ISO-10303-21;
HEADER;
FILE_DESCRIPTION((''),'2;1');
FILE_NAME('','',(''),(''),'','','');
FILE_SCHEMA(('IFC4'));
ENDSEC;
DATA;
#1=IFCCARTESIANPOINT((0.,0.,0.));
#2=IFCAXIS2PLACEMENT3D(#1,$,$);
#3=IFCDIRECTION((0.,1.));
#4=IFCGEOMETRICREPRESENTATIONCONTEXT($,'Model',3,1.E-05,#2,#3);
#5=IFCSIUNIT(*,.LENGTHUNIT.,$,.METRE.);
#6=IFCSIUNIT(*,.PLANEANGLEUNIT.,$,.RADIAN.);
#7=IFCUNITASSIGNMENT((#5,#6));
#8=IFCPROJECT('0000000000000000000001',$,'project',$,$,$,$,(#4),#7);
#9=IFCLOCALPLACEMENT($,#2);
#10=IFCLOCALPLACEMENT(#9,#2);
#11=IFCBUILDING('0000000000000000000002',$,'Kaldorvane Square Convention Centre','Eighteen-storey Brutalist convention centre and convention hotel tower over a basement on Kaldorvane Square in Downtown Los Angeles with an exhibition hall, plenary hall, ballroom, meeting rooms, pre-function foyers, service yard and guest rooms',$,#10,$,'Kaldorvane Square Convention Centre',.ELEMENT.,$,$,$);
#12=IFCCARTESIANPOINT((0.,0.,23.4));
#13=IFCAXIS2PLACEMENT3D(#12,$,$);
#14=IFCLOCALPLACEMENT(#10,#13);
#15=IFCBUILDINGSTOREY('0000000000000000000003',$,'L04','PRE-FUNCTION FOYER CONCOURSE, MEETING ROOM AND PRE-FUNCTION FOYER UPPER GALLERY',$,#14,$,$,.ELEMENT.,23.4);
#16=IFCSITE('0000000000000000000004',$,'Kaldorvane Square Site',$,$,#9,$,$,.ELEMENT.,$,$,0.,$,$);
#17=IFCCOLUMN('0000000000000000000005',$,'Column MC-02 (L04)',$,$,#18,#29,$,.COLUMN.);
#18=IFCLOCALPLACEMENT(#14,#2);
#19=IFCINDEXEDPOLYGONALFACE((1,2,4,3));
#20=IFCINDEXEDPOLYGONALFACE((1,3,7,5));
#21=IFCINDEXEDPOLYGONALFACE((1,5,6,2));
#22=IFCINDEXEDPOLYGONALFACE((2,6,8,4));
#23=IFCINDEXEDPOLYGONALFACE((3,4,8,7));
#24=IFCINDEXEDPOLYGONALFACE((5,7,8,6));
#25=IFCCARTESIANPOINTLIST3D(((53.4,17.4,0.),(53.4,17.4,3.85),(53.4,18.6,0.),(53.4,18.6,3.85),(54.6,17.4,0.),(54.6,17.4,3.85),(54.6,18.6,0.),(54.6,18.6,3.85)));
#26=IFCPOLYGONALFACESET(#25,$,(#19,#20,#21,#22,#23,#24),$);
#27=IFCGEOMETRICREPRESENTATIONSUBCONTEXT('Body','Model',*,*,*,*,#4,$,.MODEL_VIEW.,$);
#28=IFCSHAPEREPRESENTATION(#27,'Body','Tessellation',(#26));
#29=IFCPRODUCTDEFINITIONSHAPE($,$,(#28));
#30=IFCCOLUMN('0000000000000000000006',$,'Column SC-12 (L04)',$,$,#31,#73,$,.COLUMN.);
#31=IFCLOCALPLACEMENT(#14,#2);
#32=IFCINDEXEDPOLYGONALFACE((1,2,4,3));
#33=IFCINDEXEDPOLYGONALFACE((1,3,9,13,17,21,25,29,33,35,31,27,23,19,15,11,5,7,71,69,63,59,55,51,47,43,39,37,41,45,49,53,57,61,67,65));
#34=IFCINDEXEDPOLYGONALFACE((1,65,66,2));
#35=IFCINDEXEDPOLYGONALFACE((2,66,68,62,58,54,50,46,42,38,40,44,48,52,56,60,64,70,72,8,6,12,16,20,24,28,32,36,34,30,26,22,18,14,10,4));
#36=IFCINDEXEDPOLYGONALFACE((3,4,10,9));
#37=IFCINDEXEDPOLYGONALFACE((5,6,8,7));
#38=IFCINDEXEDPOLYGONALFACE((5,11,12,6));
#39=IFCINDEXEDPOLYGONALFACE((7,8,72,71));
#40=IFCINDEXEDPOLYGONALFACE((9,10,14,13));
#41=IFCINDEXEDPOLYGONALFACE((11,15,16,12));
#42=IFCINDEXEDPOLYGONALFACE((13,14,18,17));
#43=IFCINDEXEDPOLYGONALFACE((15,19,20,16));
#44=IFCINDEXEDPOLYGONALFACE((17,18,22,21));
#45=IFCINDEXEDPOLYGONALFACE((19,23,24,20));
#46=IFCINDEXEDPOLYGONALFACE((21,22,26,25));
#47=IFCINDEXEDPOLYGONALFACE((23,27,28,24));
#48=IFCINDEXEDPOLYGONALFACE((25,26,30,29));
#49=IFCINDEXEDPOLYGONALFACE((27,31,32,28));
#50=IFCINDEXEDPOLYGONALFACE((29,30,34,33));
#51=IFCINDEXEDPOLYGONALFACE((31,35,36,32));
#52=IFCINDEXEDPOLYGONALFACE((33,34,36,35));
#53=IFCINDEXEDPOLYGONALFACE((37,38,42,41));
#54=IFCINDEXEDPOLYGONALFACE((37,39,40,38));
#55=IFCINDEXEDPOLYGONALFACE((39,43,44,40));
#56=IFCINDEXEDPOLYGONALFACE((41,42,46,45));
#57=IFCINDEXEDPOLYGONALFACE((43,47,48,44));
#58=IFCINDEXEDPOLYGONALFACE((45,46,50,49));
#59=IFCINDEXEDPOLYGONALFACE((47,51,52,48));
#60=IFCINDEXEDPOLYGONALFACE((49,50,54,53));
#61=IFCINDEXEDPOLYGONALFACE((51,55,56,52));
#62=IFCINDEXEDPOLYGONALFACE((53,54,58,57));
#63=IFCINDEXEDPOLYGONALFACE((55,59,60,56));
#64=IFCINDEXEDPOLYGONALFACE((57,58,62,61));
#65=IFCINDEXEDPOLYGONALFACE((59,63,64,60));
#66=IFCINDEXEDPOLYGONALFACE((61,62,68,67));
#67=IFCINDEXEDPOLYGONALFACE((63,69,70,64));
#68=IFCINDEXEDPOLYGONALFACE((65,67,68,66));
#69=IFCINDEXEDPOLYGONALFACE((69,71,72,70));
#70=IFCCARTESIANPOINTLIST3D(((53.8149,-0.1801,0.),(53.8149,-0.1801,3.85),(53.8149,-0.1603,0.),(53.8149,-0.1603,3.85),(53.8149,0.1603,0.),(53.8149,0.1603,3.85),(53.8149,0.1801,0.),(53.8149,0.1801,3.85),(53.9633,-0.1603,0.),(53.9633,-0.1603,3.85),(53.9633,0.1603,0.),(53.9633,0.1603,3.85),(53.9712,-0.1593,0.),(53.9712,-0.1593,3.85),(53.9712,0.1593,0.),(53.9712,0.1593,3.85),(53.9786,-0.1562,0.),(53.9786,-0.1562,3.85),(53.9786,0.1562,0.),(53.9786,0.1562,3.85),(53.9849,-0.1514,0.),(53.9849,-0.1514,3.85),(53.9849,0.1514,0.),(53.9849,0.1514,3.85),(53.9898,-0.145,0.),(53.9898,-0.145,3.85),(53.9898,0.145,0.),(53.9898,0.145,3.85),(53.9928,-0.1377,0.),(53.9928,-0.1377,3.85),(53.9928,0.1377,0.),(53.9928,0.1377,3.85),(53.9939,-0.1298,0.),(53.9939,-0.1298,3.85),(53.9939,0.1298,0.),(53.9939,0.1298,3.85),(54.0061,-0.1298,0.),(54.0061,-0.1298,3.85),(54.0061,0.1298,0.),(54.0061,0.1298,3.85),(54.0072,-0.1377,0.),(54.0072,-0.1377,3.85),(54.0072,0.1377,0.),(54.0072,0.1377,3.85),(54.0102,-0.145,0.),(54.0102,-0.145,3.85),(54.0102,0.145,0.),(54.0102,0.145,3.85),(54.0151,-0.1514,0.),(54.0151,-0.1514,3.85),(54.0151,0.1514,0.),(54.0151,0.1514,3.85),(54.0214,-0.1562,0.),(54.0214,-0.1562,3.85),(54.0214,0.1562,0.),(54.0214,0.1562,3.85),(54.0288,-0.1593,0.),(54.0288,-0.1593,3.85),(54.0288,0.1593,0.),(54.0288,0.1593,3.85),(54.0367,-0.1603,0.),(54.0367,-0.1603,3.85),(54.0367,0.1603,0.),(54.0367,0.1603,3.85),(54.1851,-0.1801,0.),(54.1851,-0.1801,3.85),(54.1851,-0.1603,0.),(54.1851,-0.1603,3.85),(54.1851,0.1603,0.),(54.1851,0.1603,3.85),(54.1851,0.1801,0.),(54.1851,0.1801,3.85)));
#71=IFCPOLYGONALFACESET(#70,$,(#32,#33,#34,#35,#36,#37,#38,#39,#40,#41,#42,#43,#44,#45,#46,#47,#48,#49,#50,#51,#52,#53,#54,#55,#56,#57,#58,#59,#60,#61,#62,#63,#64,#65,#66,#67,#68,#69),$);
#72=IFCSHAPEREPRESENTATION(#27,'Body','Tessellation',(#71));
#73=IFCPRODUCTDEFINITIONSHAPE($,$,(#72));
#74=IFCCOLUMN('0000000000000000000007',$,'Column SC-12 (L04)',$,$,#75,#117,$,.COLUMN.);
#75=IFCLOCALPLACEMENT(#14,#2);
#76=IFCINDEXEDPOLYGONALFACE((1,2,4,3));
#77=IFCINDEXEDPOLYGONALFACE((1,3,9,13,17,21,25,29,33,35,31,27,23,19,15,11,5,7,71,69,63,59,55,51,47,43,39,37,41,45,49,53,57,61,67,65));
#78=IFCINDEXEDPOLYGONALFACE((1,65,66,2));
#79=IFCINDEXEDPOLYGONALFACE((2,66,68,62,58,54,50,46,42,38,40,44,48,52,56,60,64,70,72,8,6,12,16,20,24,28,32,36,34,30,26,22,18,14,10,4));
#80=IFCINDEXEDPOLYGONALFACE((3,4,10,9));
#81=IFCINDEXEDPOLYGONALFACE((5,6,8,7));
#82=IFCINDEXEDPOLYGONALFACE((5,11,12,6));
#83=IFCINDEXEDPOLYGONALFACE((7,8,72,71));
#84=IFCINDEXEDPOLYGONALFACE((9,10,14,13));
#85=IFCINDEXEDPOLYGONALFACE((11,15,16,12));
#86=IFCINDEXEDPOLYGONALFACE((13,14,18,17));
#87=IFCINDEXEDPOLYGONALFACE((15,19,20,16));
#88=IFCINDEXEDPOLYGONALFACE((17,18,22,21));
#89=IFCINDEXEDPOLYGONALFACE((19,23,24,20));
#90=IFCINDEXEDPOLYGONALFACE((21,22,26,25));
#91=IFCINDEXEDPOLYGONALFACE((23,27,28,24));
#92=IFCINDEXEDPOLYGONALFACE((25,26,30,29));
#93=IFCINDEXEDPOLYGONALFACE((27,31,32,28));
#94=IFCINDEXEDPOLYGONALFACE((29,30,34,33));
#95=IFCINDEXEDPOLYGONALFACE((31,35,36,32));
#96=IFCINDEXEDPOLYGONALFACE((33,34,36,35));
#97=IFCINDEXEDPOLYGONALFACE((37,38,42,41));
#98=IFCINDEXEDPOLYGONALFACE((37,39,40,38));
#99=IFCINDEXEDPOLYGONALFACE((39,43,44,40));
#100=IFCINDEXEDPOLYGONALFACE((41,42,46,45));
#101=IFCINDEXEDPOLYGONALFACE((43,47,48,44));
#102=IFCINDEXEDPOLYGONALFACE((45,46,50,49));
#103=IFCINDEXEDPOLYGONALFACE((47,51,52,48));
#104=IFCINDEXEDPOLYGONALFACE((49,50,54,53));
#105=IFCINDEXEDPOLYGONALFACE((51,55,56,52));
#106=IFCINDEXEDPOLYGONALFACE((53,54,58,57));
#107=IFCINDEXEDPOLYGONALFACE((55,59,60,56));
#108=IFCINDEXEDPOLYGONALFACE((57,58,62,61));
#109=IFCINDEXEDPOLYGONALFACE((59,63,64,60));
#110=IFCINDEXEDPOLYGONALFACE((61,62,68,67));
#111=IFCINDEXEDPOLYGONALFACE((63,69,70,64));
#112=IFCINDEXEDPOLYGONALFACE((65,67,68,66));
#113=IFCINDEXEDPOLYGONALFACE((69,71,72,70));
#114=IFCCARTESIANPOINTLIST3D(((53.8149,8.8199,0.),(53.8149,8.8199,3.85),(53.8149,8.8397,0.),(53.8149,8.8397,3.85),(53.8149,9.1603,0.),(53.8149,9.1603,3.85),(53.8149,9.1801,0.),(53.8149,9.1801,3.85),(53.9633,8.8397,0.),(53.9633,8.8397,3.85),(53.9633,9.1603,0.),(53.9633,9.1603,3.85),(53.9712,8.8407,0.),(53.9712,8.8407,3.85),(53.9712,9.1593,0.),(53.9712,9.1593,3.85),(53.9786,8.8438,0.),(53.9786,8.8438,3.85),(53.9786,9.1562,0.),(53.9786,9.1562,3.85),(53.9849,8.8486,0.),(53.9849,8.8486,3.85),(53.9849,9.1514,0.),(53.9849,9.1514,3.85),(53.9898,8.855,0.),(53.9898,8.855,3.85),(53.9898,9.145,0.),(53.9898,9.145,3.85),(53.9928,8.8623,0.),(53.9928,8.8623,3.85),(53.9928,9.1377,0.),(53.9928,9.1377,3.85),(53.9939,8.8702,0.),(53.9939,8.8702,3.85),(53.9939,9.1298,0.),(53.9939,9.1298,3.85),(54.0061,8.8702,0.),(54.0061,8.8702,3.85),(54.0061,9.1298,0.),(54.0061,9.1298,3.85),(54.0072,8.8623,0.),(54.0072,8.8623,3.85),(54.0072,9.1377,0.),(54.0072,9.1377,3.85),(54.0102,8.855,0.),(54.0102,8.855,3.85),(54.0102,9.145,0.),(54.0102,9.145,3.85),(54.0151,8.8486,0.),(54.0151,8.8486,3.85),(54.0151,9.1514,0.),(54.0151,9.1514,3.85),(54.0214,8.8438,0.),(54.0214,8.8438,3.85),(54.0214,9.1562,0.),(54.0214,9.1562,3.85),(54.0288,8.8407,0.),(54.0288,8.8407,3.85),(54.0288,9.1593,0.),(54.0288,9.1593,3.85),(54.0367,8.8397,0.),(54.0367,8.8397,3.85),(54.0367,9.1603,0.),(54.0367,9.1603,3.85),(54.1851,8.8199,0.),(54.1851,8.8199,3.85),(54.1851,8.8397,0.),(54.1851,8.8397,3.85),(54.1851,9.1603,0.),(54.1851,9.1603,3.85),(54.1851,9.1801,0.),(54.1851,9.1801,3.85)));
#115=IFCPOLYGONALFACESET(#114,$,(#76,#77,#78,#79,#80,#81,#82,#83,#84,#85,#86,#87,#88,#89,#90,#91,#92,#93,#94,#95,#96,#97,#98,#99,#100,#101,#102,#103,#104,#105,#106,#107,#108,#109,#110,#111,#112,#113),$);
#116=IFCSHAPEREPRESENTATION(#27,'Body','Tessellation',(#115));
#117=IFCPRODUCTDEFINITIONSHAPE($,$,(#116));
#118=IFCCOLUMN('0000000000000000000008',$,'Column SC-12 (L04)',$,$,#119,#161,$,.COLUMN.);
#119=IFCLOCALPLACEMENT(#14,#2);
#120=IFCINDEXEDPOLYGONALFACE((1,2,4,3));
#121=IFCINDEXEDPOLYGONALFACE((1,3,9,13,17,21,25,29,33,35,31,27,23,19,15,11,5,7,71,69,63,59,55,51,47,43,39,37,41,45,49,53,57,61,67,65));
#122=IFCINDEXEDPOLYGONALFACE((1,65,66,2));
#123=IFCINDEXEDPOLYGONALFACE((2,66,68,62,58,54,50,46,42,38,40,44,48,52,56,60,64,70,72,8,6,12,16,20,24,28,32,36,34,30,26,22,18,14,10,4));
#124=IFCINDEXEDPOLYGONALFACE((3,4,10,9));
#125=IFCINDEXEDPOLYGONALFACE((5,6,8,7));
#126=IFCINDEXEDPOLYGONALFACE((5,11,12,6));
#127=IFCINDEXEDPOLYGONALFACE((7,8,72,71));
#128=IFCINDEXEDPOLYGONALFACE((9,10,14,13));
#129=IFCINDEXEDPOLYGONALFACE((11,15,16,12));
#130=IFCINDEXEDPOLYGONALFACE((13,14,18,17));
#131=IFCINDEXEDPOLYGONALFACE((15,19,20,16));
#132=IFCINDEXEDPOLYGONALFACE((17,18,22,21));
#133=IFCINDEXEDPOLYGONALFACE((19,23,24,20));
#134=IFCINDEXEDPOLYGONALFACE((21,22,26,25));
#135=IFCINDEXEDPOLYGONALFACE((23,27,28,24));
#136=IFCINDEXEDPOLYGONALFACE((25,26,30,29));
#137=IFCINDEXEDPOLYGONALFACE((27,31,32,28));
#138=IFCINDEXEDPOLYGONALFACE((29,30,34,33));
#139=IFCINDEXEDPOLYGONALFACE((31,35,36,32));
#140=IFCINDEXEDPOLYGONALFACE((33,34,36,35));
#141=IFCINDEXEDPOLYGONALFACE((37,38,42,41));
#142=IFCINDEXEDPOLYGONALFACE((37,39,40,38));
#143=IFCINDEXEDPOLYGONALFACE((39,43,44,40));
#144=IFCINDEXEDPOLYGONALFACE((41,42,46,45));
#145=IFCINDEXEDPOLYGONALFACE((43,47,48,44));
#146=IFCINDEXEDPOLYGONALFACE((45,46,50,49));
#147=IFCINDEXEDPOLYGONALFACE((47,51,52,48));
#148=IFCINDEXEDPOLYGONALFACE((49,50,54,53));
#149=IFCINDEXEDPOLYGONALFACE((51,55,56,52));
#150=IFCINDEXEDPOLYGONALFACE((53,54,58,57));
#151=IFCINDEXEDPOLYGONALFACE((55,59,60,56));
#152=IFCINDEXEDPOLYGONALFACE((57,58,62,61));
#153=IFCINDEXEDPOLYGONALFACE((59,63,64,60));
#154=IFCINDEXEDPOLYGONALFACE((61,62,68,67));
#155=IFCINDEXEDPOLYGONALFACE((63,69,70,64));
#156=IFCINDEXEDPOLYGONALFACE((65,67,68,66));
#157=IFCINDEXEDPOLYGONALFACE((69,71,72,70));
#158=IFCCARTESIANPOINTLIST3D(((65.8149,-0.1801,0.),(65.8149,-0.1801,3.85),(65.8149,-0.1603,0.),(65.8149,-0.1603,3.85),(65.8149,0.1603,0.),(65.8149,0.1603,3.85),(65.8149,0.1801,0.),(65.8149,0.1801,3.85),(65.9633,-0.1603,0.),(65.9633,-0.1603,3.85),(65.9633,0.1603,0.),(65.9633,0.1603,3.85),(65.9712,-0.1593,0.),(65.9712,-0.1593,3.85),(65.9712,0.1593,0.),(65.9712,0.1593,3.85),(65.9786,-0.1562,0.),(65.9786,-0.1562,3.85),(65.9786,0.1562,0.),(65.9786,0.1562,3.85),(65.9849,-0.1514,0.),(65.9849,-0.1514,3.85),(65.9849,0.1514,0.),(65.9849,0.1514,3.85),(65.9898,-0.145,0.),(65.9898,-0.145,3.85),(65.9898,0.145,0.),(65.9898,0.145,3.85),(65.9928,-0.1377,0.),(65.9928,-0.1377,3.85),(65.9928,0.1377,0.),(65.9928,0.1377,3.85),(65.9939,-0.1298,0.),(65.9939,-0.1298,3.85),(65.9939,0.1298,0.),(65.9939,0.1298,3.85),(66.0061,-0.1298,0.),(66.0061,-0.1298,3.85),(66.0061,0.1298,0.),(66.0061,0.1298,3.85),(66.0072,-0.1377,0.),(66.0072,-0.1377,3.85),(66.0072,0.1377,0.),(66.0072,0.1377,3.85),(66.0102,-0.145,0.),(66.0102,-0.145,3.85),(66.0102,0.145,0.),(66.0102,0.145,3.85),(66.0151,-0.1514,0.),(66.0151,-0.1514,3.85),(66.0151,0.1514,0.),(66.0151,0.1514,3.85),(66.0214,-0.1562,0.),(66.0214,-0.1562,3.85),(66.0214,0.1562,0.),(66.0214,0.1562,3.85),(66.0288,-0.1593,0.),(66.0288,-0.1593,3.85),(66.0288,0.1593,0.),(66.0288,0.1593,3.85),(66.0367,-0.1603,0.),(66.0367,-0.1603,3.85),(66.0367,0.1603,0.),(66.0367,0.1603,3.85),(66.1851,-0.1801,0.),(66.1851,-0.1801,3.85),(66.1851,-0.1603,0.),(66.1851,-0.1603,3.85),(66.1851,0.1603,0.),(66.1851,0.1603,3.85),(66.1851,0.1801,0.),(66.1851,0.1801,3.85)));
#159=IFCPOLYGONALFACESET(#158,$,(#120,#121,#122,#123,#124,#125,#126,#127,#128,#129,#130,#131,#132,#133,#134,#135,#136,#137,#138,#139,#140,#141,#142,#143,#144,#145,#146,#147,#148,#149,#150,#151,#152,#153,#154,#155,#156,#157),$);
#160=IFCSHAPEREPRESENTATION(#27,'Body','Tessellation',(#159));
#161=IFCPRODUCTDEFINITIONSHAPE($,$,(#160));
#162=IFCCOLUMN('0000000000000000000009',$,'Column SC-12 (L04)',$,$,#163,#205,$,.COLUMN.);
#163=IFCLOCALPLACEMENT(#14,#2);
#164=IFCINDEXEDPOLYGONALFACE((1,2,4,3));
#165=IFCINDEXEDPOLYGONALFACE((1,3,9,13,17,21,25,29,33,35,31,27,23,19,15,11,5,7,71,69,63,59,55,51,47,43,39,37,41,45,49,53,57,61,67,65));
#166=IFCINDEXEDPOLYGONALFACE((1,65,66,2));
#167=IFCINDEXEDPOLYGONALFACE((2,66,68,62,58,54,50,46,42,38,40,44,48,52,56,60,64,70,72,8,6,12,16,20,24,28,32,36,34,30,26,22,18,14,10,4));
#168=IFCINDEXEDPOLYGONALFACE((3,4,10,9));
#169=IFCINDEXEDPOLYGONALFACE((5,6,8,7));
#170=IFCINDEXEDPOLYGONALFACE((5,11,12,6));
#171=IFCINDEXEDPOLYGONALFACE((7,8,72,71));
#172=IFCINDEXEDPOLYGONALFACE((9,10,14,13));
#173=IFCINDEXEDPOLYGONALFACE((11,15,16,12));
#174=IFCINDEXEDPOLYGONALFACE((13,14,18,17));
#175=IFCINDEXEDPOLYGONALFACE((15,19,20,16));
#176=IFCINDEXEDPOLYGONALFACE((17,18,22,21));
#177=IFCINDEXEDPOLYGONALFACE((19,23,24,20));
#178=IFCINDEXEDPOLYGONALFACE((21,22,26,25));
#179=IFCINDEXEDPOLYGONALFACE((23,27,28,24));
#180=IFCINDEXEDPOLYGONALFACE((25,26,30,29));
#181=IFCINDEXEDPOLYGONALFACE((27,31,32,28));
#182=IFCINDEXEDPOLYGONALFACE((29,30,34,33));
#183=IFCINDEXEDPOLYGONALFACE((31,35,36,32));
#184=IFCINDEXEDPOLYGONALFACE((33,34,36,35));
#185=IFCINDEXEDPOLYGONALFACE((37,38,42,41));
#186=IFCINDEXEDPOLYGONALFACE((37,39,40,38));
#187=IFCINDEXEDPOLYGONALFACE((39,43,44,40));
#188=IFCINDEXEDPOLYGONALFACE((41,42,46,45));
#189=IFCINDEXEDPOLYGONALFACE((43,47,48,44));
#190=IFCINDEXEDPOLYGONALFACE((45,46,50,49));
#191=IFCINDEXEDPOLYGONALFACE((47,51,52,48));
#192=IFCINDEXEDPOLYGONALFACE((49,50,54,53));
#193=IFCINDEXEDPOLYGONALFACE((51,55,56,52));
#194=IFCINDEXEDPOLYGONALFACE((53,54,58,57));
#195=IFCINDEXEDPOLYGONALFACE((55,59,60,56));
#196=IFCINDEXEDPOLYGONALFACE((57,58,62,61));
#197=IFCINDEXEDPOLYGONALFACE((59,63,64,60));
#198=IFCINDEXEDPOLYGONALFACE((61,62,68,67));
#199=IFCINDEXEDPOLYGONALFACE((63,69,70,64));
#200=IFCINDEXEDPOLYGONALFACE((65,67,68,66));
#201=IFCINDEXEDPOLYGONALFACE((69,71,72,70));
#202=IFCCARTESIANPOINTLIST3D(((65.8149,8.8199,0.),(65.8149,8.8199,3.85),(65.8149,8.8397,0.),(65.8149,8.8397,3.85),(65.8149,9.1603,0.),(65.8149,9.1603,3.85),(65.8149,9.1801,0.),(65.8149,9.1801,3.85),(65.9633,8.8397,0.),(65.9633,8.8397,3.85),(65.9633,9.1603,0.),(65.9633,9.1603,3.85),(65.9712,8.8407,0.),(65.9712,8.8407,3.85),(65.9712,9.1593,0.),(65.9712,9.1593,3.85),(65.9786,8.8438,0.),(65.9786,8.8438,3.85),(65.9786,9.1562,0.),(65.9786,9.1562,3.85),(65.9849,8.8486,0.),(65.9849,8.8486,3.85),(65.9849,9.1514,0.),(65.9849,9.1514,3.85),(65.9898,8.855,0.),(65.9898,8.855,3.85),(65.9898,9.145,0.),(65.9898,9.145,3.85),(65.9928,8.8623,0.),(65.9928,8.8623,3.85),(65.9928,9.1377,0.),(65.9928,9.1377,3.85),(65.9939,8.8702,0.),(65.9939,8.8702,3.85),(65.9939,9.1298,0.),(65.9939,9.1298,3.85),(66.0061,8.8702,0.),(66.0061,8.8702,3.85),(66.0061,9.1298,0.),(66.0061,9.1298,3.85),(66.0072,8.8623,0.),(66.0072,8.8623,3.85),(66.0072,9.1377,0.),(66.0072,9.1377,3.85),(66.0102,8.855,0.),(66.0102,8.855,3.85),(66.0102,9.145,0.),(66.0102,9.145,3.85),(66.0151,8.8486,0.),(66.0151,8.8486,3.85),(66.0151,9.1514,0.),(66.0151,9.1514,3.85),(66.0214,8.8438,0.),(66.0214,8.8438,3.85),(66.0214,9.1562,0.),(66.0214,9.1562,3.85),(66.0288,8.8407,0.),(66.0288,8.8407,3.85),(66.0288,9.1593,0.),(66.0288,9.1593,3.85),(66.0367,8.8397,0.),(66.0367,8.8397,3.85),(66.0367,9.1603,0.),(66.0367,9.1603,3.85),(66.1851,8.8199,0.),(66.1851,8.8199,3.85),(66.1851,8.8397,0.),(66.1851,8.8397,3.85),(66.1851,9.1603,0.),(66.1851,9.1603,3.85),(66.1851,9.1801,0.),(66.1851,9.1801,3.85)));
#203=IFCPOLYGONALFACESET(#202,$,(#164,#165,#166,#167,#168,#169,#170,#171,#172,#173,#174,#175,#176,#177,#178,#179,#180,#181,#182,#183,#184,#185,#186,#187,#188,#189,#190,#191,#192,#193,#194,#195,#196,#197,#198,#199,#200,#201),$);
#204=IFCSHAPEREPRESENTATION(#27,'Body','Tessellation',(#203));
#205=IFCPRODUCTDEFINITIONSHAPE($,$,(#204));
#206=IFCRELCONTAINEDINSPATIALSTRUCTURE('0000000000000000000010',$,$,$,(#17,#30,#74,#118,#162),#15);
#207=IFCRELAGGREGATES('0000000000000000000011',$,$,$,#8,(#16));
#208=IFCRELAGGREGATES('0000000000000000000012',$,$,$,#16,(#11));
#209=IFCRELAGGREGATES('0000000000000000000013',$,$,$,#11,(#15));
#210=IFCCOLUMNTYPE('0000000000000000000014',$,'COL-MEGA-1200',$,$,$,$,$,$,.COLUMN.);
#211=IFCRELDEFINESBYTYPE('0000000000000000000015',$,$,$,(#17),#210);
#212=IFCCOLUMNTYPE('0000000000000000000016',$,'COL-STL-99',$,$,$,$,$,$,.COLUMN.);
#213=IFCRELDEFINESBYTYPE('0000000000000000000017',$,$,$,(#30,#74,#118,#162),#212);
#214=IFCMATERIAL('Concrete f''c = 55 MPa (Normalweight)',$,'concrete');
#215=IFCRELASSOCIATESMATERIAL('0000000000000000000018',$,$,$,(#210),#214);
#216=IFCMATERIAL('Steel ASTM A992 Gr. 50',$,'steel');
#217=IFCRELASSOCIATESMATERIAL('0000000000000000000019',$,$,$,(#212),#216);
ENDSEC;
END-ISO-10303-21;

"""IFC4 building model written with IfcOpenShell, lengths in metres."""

from ifc_helpers import new_model, si_unit, direction, frame, origin, origin_2d, place, context, subcontext, project, spatial, rectangle, i_section, extrude, material, material_profile, profile_set, type_object, element, save


model = new_model("IFC4")

# Units and contexts
model_context = context("Model", 3, precision=1e-05, world=origin(), true_north=direction((0.0, 1.0)))
body_context = subcontext(model_context, "Body", "Model", "MODEL_VIEW")
ifc_project = project(units=[si_unit("LENGTHUNIT", "METRE"), si_unit("PLANEANGLEUNIT", "RADIAN")], contexts=[model_context])

# Site, building, storey
site_placement = place(None, origin())
site = spatial("IfcSite", under=ifc_project, at=site_placement, Name="Kaldorvane Square Site", CompositionType="ELEMENT", RefElevation=0.0)
building_placement = place(site_placement, origin())
building = spatial("IfcBuilding", under=site, at=building_placement, Name="Kaldorvane Square Convention Centre", Description="Eighteen-storey Brutalist convention centre and convention hotel tower over a basement on Kaldorvane Square in Downtown Los Angeles with an exhibition hall, plenary hall, ballroom, meeting rooms, pre-function foyers, service yard and guest rooms", LongName="Kaldorvane Square Convention Centre", CompositionType="ELEMENT")
storey_placement = place(building_placement, frame((0.0, 0.0, 23.4)))
storey = spatial("IfcBuildingStorey", under=building, at=storey_placement, Name="L04", Description="PRE-FUNCTION FOYER CONCOURSE, MEETING ROOM AND PRE-FUNCTION FOYER UPPER GALLERY", CompositionType="ELEMENT", Elevation=23.4)

# Columns
ifc_material_1 = material(Name="Concrete f'c = 55 MPa (Normalweight)", Category="concrete")
ifc_material_profile_1 = material_profile(ifc_material_1, rectangle(XDim=1.2, YDim=1.2, at=origin_2d()), Name="RC1200X1200")
ifc_profile_set_1 = profile_set([ifc_material_profile_1], Name="Concrete f'c = 55 MPa (Normalweight)")
column_type_1 = type_object("IfcColumnType", Name="COL-MEGA-1200", PredefinedType="COLUMN", material=ifc_profile_set_1)
column_1_placement = place(storey_placement, frame((54.0, 18.0, 0.0), z_axis=(0.0, 0.0, 1.0), x_axis=(1.0, 0.0, 0.0)))
element("IfcColumn", 1, at=column_1_placement, inside=storey, type_object=column_type_1, Name="Column MC-02 (L04)", PredefinedType="COLUMN", context=body_context, shape_type="SweptSolid", body=[
    extrude(rectangle(XDim=1.2, YDim=1.2, at=origin_2d()), origin(), (0.0, 0.0, 1.0), 3.85),
])
ifc_material_2 = material(Name="Steel ASTM A992 Gr. 50", Category="steel")
ifc_material_profile_2 = material_profile(ifc_material_2, i_section(OverallWidth=0.3701, OverallDepth=0.3602, WebThickness=0.0123, FlangeThickness=0.0198, FilletRadius=0.0305, at=origin_2d()), Name="W14X99")
ifc_profile_set_2 = profile_set([ifc_material_profile_2], Name="Steel ASTM A992 Gr. 50")
column_type_2 = type_object("IfcColumnType", Name="COL-STL-99", PredefinedType="COLUMN", material=ifc_profile_set_2)
for number, where, z_axis, x_axis, name in (
    (2, (54.0, 0.0, 0.0), (0.0, 0.0, 1.0), (1.0, 0.0, 0.0), "Column SC-12 (L04)"),
    (3, (54.0, 9.0, 0.0), (0.0, 0.0, 1.0), (1.0, 0.0, 0.0), "Column SC-12 (L04)"),
    (4, (66.0, 0.0, 0.0), (0.0, 0.0, 1.0), (1.0, 0.0, 0.0), "Column SC-12 (L04)"),
    (5, (66.0, 9.0, 0.0), (0.0, 0.0, 1.0), (1.0, 0.0, 0.0), "Column SC-12 (L04)"),
):
    element("IfcColumn", number, at=place(storey_placement, frame(where, z_axis=z_axis, x_axis=x_axis)), inside=storey, type_object=column_type_2, Name=name, PredefinedType="COLUMN", context=body_context, shape_type="SweptSolid", body=[
        extrude(i_section(OverallWidth=0.3701, OverallDepth=0.3602, WebThickness=0.0123, FlangeThickness=0.0198, FilletRadius=0.0305, at=origin_2d()), origin(), (0.0, 0.0, 1.0), 3.85),
    ])

save(model, "model.ifc")
